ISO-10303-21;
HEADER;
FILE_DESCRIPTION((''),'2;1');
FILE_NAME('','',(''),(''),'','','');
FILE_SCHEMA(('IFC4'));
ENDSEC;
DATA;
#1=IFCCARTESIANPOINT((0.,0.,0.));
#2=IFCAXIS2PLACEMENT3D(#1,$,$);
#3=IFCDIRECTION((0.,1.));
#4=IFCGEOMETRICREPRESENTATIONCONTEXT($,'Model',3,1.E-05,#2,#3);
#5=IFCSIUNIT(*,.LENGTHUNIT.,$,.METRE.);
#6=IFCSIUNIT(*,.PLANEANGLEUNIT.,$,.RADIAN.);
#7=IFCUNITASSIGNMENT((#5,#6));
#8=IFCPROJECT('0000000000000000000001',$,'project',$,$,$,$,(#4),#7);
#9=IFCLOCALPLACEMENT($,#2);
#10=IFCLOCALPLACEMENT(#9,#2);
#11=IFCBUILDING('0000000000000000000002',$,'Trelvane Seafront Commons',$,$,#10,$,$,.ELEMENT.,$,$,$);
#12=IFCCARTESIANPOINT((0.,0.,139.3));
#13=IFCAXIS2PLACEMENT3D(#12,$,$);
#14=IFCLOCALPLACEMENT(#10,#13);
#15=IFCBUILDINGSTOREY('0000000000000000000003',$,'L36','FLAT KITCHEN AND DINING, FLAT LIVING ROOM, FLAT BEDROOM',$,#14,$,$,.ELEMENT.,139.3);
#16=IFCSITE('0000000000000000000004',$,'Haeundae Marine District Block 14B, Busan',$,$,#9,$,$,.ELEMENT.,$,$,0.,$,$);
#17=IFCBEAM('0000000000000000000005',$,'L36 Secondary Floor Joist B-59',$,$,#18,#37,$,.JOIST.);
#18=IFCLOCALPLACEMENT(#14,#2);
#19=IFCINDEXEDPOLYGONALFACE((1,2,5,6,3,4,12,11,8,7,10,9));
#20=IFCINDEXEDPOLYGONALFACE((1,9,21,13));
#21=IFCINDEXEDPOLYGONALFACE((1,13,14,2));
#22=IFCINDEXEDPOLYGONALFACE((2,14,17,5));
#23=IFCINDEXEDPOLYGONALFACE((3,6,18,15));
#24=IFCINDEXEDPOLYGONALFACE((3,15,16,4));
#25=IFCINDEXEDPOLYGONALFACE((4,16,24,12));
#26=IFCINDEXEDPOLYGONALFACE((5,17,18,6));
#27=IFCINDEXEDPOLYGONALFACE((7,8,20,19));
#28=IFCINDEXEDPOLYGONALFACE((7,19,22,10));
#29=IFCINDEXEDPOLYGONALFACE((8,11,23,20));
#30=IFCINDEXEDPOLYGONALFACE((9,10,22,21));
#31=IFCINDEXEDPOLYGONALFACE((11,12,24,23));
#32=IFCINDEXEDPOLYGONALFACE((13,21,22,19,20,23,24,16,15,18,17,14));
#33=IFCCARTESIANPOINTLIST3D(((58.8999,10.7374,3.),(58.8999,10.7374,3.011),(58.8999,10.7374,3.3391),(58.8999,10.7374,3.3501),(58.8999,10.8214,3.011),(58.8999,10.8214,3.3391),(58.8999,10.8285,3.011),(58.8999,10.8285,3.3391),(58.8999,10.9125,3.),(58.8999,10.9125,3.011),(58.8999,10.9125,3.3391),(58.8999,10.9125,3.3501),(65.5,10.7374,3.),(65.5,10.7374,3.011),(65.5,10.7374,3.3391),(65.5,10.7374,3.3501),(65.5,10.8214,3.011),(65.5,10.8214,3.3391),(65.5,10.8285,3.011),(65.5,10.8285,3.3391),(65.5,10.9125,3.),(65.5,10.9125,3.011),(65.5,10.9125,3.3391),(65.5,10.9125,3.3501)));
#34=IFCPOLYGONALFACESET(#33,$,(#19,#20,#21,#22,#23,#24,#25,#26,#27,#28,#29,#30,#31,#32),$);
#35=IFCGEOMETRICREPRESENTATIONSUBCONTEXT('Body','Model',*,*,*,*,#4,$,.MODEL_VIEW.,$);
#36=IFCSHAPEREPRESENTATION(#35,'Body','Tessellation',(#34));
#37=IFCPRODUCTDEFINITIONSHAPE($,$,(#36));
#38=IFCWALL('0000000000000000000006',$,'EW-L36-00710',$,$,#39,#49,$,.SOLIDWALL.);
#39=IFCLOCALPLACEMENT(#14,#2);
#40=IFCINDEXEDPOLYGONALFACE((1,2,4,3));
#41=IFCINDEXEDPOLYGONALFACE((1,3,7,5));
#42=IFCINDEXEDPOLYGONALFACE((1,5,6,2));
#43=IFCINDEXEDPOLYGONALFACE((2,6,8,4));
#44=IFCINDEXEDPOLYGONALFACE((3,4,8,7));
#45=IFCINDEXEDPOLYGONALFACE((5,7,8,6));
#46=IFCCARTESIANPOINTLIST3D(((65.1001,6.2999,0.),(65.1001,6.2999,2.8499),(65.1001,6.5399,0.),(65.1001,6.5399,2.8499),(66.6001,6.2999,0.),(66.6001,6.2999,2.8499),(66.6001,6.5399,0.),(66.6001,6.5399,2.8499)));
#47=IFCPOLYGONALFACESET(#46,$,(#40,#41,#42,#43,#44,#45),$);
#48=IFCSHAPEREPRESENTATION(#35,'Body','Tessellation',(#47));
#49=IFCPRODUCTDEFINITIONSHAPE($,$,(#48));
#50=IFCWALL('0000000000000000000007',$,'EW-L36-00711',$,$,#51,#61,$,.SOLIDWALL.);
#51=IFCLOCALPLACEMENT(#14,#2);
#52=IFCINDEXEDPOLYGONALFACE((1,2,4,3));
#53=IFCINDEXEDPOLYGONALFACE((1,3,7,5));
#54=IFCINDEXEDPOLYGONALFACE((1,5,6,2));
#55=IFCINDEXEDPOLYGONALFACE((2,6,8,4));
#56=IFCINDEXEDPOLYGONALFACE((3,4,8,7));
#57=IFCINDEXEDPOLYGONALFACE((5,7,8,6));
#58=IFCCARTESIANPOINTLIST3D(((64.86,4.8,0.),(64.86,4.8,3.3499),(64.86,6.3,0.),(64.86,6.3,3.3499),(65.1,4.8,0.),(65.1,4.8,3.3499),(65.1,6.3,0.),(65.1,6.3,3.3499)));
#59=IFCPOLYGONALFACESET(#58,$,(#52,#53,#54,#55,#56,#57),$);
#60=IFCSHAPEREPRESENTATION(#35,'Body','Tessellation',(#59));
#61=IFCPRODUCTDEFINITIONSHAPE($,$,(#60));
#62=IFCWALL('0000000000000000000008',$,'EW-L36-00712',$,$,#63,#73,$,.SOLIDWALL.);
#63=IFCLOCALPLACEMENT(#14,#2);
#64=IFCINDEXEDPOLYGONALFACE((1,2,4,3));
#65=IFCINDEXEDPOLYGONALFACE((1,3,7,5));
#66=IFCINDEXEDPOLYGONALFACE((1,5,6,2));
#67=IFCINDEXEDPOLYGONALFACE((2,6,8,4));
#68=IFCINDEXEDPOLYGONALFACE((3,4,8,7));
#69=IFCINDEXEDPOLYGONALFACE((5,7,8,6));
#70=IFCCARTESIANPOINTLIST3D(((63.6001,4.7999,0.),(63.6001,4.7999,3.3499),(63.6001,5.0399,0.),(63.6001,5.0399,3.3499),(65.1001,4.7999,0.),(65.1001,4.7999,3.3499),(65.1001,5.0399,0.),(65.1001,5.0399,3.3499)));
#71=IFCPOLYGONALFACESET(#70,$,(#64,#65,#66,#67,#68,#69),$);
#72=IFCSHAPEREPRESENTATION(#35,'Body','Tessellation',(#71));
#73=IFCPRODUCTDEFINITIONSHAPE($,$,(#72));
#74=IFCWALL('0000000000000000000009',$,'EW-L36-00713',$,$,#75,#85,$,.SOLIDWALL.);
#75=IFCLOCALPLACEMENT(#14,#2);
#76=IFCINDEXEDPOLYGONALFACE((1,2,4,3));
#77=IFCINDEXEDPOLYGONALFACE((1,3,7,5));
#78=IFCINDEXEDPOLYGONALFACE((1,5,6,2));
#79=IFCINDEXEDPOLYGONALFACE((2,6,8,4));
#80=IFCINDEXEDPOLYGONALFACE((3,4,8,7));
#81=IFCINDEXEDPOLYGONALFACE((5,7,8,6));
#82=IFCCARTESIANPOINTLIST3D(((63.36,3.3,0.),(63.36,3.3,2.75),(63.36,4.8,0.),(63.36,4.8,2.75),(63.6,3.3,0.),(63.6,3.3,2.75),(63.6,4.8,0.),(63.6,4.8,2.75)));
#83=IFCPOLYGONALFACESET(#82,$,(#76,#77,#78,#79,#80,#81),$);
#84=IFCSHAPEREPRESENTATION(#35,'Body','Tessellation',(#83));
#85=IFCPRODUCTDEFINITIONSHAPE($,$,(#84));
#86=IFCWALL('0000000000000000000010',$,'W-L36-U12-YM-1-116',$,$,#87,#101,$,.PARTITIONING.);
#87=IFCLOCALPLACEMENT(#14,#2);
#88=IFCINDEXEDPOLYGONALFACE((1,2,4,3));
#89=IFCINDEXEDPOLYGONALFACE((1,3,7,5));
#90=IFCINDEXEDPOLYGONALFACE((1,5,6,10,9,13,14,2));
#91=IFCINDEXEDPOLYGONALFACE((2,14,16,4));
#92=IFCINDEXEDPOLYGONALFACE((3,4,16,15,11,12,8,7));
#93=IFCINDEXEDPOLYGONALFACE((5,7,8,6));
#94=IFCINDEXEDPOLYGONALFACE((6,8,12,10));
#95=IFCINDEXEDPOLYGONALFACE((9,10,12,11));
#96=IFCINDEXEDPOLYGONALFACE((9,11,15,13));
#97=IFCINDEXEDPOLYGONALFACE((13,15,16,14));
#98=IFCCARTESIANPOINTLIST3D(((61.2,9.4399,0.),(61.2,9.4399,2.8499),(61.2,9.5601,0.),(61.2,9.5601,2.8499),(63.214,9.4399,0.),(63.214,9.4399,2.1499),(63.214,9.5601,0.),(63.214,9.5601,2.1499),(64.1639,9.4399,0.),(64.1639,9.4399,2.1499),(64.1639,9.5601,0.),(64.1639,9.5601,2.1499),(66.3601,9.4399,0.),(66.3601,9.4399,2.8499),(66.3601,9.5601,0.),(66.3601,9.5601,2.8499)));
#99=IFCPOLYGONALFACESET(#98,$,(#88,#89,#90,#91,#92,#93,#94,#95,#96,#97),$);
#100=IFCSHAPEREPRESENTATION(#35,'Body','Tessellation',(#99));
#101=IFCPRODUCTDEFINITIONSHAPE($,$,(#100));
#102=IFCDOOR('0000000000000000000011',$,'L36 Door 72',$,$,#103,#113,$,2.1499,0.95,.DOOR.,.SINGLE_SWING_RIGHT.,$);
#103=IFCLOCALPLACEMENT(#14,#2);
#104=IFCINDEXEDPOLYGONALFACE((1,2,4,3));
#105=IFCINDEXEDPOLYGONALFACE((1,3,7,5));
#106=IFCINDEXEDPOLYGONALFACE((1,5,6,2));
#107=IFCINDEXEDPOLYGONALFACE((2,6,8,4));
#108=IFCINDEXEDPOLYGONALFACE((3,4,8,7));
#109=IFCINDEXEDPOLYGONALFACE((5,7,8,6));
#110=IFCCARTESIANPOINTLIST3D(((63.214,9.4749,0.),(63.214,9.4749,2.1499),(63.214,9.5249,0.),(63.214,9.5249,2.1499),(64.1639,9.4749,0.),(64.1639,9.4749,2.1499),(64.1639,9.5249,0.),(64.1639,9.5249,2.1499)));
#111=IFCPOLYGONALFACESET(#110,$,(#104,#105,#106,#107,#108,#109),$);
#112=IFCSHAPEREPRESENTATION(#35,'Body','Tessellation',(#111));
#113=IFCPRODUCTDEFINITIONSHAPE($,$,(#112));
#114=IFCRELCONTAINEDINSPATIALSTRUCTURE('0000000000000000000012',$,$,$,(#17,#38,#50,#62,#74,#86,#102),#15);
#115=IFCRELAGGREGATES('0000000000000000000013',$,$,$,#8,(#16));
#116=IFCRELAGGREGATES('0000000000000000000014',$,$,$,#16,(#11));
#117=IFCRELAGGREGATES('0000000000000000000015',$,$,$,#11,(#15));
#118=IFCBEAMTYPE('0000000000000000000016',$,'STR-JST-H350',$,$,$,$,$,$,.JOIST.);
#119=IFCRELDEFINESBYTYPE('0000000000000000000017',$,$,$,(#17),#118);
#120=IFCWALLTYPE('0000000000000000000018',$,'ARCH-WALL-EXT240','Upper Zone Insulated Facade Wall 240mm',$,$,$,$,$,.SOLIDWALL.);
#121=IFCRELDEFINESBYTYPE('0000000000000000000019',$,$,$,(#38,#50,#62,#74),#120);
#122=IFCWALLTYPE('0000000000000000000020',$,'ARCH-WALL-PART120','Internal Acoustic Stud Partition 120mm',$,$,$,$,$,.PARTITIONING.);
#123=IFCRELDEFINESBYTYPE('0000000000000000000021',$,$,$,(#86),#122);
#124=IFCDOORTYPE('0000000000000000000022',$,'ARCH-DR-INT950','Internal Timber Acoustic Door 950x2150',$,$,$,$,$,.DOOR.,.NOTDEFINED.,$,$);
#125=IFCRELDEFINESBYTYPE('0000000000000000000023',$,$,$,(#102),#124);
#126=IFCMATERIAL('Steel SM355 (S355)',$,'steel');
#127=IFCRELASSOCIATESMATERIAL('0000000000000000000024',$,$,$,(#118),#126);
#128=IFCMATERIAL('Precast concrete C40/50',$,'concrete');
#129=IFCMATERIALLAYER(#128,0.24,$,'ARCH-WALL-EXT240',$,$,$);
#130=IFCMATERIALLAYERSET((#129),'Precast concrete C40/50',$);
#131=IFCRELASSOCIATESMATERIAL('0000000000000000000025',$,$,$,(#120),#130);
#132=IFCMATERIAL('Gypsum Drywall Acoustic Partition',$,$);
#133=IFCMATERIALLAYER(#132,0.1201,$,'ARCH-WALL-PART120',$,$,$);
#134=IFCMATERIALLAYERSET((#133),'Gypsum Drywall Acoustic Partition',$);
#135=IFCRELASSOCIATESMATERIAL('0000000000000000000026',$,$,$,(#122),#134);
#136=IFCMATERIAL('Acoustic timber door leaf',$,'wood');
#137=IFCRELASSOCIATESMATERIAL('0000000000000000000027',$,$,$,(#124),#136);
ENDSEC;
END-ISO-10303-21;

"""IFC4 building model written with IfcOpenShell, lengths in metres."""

from ifc_helpers import new_model, si_unit, direction, frame, frame_2d, origin, origin_2d, place, context, subcontext, project, spatial, rectangle, i_section, extrude, source, transform, mapped, material, layer, layer_set, material_profile, profile_set, type_object, element, fill, save


model = new_model("IFC4")

# Units and contexts
model_context = context("Model", 3, precision=1e-05, world=origin(), true_north=direction((0.0, 1.0)))
body_context = subcontext(model_context, "Body", "Model", "MODEL_VIEW")
ifc_project = project(units=[si_unit("LENGTHUNIT", "METRE"), si_unit("PLANEANGLEUNIT", "RADIAN")], contexts=[model_context])

# Site, building, storey
site_placement = place(None, origin())
site = spatial("IfcSite", under=ifc_project, at=site_placement, Name="Haeundae Marine District Block 14B, Busan", CompositionType="ELEMENT", RefElevation=0.0)
building_placement = place(site_placement, origin())
building = spatial("IfcBuilding", under=site, at=building_placement, Name="Trelvane Seafront Commons", CompositionType="ELEMENT")
storey_placement = place(building_placement, frame((0.0, 0.0, 139.3)))
storey = spatial("IfcBuildingStorey", under=building, at=storey_placement, Name="L36", Description="FLAT KITCHEN AND DINING, FLAT LIVING ROOM, FLAT BEDROOM", CompositionType="ELEMENT", Elevation=139.3)

# Beam
ifc_material_1 = material(Name="Steel SM355 (S355)", Category="steel")
ifc_material_profile = material_profile(ifc_material_1, i_section(OverallWidth=0.175, OverallDepth=0.3501, WebThickness=0.0071, FlangeThickness=0.011, at=origin_2d()), Name="H-350x175x7x11")
ifc_profile_set = profile_set([ifc_material_profile], Name="Steel SM355 (S355)")
beam_type = type_object("IfcBeamType", Name="STR-JST-H350", PredefinedType="JOIST", material=ifc_profile_set)
shared_shape_1 = source(origin(), body_context, "Body", "SweptSolid", [
    extrude(i_section(OverallWidth=0.175, OverallDepth=0.3501, WebThickness=0.0071, FlangeThickness=0.011, at=origin_2d()), origin(), (0.0, 0.0, 1.0), 6.6001),
])
beam_placement = place(storey_placement, frame((58.8999, 10.825, 3.175), z_axis=(1.0, 0.0, 0.0), x_axis=(0.0, 1.0, 0.0)))
element("IfcBeam", 1, at=beam_placement, inside=storey, type_object=beam_type, Name="L36 Secondary Floor Joist B-59", PredefinedType="JOIST", context=body_context, shape_type="MappedRepresentation", body=[
    mapped(shared_shape_1, transform((0.0, 0.0, 0.0), x_axis=(1.0, 0.0, 0.0), y_axis=(0.0, 1.0, 0.0), z_axis=(0.0, 0.0, 1.0), scale=1.0)),
])

# Walls
ifc_material_2 = material(Name="Precast concrete C40/50", Category="concrete")
ifc_layer_1 = layer(ifc_material_2, 0.24, Name="ARCH-WALL-EXT240")
ifc_layer_set_1 = layer_set([ifc_layer_1], Name="Precast concrete C40/50")
wall_type_1 = type_object("IfcWallType", Name="ARCH-WALL-EXT240", Description="Upper Zone Insulated Facade Wall 240mm", PredefinedType="SOLIDWALL", material=ifc_layer_set_1)
wall_1_placement = place(storey_placement, frame((66.6001, 6.4199, 0.0), z_axis=(0.0, 0.0, 1.0), x_axis=(-1.0, 0.0, 0.0)))
element("IfcWall", 2, at=wall_1_placement, inside=storey, type_object=wall_type_1, Name="EW-L36-00710", PredefinedType="SOLIDWALL", context=body_context, shape_type="SweptSolid", body=[
    extrude(rectangle(XDim=1.5, YDim=0.24, at=frame_2d((0.75, 0.0))), origin(), (0.0, 0.0, 1.0), 2.8499),
])
for number, where, z_axis, x_axis, name in (
    (3, (64.98, 6.3, 0.0), (0.0, 0.0, 1.0), (0.0, -1.0, 0.0), "EW-L36-00711"),
    (4, (65.1001, 4.9199, 0.0), (0.0, 0.0, 1.0), (-1.0, 0.0, 0.0), "EW-L36-00712"),
):
    element("IfcWall", number, at=place(storey_placement, frame(where, z_axis=z_axis, x_axis=x_axis)), inside=storey, type_object=wall_type_1, Name=name, PredefinedType="SOLIDWALL", context=body_context, shape_type="SweptSolid", body=[
        extrude(rectangle(XDim=1.5, YDim=0.24, at=frame_2d((0.75, 0.0))), origin(), (0.0, 0.0, 1.0), 3.3499),
    ])
wall_2_placement = place(storey_placement, frame((63.48, 4.8, 0.0), z_axis=(0.0, 0.0, 1.0), x_axis=(0.0, -1.0, 0.0)))
element("IfcWall", 5, at=wall_2_placement, inside=storey, type_object=wall_type_1, Name="EW-L36-00713", PredefinedType="SOLIDWALL", context=body_context, shape_type="SweptSolid", body=[
    extrude(rectangle(XDim=1.5, YDim=0.24, at=frame_2d((0.75, 0.0))), origin(), (0.0, 0.0, 1.0), 2.75),
])

# Wall, opening, door
ifc_material_3 = material(Name="Gypsum Drywall Acoustic Partition")
ifc_layer_2 = layer(ifc_material_3, 0.1201, Name="ARCH-WALL-PART120")
ifc_layer_set_2 = layer_set([ifc_layer_2], Name="Gypsum Drywall Acoustic Partition")
wall_type_2 = type_object("IfcWallType", Name="ARCH-WALL-PART120", Description="Internal Acoustic Stud Partition 120mm", PredefinedType="PARTITIONING", material=ifc_layer_set_2)
wall_3_placement = place(storey_placement, frame((61.2, 9.5, 0.0), z_axis=(0.0, 0.0, 1.0), x_axis=(1.0, 0.0, 0.0)))
wall_3 = element("IfcWall", 6, at=wall_3_placement, inside=storey, type_object=wall_type_2, Name="W-L36-U12-YM-1-116", PredefinedType="PARTITIONING", context=body_context, shape_type="SweptSolid", body=[
    extrude(rectangle(XDim=5.1602, YDim=0.1201, at=frame_2d((2.5801, 0.0))), origin(), (0.0, 0.0, 1.0), 2.8499),
])
opening_placement = place(wall_3_placement, frame((2.0139, 0.0, 0.0)))
opening = element("IfcOpeningElement", 7, at=opening_placement, cuts=wall_3, PredefinedType="OPENING", context=body_context, shape_type="SweptSolid", body=[
    extrude(rectangle(XDim=0.95, YDim=2.1499, at=frame_2d((0.4751, 1.075))), frame((0.0, 0.0701, 0.0), z_axis=(0.0, -1.0, 0.0), x_axis=(1.0, 0.0, 0.0)), (0.0, 0.0, 1.0), 0.1401),
])
ifc_material_4 = material(Name="Acoustic timber door leaf", Category="wood")
door_type = type_object("IfcDoorType", Name="ARCH-DR-INT950", Description="Internal Timber Acoustic Door 950x2150", OperationType="NOTDEFINED", PredefinedType="DOOR", material=ifc_material_4)
shared_shape_2 = source(origin(), body_context, "Body", "SweptSolid", [
    extrude(rectangle(XDim=0.95, YDim=2.1499, at=frame_2d((0.4751, 1.075))), frame((0.0, 0.0249, 0.0), z_axis=(0.0, -1.0, 0.0), x_axis=(1.0, 0.0, 0.0)), (0.0, 0.0, 1.0), 0.05),
])
door_placement = place(opening_placement, origin())
door = element("IfcDoor", 8, at=door_placement, inside=storey, type_object=door_type, Name="L36 Door 72", OperationType="SINGLE_SWING_RIGHT", OverallHeight=2.1499, OverallWidth=0.95, PredefinedType="DOOR", context=body_context, shape_type="MappedRepresentation", body=[
    mapped(shared_shape_2, transform((0.0, 0.0, 0.0), x_axis=(1.0, 0.0, 0.0), y_axis=(0.0, 1.0, 0.0), z_axis=(0.0, 0.0, 1.0), scale=1.0)),
])
fill(opening, door)

save(model, "model.ifc")
